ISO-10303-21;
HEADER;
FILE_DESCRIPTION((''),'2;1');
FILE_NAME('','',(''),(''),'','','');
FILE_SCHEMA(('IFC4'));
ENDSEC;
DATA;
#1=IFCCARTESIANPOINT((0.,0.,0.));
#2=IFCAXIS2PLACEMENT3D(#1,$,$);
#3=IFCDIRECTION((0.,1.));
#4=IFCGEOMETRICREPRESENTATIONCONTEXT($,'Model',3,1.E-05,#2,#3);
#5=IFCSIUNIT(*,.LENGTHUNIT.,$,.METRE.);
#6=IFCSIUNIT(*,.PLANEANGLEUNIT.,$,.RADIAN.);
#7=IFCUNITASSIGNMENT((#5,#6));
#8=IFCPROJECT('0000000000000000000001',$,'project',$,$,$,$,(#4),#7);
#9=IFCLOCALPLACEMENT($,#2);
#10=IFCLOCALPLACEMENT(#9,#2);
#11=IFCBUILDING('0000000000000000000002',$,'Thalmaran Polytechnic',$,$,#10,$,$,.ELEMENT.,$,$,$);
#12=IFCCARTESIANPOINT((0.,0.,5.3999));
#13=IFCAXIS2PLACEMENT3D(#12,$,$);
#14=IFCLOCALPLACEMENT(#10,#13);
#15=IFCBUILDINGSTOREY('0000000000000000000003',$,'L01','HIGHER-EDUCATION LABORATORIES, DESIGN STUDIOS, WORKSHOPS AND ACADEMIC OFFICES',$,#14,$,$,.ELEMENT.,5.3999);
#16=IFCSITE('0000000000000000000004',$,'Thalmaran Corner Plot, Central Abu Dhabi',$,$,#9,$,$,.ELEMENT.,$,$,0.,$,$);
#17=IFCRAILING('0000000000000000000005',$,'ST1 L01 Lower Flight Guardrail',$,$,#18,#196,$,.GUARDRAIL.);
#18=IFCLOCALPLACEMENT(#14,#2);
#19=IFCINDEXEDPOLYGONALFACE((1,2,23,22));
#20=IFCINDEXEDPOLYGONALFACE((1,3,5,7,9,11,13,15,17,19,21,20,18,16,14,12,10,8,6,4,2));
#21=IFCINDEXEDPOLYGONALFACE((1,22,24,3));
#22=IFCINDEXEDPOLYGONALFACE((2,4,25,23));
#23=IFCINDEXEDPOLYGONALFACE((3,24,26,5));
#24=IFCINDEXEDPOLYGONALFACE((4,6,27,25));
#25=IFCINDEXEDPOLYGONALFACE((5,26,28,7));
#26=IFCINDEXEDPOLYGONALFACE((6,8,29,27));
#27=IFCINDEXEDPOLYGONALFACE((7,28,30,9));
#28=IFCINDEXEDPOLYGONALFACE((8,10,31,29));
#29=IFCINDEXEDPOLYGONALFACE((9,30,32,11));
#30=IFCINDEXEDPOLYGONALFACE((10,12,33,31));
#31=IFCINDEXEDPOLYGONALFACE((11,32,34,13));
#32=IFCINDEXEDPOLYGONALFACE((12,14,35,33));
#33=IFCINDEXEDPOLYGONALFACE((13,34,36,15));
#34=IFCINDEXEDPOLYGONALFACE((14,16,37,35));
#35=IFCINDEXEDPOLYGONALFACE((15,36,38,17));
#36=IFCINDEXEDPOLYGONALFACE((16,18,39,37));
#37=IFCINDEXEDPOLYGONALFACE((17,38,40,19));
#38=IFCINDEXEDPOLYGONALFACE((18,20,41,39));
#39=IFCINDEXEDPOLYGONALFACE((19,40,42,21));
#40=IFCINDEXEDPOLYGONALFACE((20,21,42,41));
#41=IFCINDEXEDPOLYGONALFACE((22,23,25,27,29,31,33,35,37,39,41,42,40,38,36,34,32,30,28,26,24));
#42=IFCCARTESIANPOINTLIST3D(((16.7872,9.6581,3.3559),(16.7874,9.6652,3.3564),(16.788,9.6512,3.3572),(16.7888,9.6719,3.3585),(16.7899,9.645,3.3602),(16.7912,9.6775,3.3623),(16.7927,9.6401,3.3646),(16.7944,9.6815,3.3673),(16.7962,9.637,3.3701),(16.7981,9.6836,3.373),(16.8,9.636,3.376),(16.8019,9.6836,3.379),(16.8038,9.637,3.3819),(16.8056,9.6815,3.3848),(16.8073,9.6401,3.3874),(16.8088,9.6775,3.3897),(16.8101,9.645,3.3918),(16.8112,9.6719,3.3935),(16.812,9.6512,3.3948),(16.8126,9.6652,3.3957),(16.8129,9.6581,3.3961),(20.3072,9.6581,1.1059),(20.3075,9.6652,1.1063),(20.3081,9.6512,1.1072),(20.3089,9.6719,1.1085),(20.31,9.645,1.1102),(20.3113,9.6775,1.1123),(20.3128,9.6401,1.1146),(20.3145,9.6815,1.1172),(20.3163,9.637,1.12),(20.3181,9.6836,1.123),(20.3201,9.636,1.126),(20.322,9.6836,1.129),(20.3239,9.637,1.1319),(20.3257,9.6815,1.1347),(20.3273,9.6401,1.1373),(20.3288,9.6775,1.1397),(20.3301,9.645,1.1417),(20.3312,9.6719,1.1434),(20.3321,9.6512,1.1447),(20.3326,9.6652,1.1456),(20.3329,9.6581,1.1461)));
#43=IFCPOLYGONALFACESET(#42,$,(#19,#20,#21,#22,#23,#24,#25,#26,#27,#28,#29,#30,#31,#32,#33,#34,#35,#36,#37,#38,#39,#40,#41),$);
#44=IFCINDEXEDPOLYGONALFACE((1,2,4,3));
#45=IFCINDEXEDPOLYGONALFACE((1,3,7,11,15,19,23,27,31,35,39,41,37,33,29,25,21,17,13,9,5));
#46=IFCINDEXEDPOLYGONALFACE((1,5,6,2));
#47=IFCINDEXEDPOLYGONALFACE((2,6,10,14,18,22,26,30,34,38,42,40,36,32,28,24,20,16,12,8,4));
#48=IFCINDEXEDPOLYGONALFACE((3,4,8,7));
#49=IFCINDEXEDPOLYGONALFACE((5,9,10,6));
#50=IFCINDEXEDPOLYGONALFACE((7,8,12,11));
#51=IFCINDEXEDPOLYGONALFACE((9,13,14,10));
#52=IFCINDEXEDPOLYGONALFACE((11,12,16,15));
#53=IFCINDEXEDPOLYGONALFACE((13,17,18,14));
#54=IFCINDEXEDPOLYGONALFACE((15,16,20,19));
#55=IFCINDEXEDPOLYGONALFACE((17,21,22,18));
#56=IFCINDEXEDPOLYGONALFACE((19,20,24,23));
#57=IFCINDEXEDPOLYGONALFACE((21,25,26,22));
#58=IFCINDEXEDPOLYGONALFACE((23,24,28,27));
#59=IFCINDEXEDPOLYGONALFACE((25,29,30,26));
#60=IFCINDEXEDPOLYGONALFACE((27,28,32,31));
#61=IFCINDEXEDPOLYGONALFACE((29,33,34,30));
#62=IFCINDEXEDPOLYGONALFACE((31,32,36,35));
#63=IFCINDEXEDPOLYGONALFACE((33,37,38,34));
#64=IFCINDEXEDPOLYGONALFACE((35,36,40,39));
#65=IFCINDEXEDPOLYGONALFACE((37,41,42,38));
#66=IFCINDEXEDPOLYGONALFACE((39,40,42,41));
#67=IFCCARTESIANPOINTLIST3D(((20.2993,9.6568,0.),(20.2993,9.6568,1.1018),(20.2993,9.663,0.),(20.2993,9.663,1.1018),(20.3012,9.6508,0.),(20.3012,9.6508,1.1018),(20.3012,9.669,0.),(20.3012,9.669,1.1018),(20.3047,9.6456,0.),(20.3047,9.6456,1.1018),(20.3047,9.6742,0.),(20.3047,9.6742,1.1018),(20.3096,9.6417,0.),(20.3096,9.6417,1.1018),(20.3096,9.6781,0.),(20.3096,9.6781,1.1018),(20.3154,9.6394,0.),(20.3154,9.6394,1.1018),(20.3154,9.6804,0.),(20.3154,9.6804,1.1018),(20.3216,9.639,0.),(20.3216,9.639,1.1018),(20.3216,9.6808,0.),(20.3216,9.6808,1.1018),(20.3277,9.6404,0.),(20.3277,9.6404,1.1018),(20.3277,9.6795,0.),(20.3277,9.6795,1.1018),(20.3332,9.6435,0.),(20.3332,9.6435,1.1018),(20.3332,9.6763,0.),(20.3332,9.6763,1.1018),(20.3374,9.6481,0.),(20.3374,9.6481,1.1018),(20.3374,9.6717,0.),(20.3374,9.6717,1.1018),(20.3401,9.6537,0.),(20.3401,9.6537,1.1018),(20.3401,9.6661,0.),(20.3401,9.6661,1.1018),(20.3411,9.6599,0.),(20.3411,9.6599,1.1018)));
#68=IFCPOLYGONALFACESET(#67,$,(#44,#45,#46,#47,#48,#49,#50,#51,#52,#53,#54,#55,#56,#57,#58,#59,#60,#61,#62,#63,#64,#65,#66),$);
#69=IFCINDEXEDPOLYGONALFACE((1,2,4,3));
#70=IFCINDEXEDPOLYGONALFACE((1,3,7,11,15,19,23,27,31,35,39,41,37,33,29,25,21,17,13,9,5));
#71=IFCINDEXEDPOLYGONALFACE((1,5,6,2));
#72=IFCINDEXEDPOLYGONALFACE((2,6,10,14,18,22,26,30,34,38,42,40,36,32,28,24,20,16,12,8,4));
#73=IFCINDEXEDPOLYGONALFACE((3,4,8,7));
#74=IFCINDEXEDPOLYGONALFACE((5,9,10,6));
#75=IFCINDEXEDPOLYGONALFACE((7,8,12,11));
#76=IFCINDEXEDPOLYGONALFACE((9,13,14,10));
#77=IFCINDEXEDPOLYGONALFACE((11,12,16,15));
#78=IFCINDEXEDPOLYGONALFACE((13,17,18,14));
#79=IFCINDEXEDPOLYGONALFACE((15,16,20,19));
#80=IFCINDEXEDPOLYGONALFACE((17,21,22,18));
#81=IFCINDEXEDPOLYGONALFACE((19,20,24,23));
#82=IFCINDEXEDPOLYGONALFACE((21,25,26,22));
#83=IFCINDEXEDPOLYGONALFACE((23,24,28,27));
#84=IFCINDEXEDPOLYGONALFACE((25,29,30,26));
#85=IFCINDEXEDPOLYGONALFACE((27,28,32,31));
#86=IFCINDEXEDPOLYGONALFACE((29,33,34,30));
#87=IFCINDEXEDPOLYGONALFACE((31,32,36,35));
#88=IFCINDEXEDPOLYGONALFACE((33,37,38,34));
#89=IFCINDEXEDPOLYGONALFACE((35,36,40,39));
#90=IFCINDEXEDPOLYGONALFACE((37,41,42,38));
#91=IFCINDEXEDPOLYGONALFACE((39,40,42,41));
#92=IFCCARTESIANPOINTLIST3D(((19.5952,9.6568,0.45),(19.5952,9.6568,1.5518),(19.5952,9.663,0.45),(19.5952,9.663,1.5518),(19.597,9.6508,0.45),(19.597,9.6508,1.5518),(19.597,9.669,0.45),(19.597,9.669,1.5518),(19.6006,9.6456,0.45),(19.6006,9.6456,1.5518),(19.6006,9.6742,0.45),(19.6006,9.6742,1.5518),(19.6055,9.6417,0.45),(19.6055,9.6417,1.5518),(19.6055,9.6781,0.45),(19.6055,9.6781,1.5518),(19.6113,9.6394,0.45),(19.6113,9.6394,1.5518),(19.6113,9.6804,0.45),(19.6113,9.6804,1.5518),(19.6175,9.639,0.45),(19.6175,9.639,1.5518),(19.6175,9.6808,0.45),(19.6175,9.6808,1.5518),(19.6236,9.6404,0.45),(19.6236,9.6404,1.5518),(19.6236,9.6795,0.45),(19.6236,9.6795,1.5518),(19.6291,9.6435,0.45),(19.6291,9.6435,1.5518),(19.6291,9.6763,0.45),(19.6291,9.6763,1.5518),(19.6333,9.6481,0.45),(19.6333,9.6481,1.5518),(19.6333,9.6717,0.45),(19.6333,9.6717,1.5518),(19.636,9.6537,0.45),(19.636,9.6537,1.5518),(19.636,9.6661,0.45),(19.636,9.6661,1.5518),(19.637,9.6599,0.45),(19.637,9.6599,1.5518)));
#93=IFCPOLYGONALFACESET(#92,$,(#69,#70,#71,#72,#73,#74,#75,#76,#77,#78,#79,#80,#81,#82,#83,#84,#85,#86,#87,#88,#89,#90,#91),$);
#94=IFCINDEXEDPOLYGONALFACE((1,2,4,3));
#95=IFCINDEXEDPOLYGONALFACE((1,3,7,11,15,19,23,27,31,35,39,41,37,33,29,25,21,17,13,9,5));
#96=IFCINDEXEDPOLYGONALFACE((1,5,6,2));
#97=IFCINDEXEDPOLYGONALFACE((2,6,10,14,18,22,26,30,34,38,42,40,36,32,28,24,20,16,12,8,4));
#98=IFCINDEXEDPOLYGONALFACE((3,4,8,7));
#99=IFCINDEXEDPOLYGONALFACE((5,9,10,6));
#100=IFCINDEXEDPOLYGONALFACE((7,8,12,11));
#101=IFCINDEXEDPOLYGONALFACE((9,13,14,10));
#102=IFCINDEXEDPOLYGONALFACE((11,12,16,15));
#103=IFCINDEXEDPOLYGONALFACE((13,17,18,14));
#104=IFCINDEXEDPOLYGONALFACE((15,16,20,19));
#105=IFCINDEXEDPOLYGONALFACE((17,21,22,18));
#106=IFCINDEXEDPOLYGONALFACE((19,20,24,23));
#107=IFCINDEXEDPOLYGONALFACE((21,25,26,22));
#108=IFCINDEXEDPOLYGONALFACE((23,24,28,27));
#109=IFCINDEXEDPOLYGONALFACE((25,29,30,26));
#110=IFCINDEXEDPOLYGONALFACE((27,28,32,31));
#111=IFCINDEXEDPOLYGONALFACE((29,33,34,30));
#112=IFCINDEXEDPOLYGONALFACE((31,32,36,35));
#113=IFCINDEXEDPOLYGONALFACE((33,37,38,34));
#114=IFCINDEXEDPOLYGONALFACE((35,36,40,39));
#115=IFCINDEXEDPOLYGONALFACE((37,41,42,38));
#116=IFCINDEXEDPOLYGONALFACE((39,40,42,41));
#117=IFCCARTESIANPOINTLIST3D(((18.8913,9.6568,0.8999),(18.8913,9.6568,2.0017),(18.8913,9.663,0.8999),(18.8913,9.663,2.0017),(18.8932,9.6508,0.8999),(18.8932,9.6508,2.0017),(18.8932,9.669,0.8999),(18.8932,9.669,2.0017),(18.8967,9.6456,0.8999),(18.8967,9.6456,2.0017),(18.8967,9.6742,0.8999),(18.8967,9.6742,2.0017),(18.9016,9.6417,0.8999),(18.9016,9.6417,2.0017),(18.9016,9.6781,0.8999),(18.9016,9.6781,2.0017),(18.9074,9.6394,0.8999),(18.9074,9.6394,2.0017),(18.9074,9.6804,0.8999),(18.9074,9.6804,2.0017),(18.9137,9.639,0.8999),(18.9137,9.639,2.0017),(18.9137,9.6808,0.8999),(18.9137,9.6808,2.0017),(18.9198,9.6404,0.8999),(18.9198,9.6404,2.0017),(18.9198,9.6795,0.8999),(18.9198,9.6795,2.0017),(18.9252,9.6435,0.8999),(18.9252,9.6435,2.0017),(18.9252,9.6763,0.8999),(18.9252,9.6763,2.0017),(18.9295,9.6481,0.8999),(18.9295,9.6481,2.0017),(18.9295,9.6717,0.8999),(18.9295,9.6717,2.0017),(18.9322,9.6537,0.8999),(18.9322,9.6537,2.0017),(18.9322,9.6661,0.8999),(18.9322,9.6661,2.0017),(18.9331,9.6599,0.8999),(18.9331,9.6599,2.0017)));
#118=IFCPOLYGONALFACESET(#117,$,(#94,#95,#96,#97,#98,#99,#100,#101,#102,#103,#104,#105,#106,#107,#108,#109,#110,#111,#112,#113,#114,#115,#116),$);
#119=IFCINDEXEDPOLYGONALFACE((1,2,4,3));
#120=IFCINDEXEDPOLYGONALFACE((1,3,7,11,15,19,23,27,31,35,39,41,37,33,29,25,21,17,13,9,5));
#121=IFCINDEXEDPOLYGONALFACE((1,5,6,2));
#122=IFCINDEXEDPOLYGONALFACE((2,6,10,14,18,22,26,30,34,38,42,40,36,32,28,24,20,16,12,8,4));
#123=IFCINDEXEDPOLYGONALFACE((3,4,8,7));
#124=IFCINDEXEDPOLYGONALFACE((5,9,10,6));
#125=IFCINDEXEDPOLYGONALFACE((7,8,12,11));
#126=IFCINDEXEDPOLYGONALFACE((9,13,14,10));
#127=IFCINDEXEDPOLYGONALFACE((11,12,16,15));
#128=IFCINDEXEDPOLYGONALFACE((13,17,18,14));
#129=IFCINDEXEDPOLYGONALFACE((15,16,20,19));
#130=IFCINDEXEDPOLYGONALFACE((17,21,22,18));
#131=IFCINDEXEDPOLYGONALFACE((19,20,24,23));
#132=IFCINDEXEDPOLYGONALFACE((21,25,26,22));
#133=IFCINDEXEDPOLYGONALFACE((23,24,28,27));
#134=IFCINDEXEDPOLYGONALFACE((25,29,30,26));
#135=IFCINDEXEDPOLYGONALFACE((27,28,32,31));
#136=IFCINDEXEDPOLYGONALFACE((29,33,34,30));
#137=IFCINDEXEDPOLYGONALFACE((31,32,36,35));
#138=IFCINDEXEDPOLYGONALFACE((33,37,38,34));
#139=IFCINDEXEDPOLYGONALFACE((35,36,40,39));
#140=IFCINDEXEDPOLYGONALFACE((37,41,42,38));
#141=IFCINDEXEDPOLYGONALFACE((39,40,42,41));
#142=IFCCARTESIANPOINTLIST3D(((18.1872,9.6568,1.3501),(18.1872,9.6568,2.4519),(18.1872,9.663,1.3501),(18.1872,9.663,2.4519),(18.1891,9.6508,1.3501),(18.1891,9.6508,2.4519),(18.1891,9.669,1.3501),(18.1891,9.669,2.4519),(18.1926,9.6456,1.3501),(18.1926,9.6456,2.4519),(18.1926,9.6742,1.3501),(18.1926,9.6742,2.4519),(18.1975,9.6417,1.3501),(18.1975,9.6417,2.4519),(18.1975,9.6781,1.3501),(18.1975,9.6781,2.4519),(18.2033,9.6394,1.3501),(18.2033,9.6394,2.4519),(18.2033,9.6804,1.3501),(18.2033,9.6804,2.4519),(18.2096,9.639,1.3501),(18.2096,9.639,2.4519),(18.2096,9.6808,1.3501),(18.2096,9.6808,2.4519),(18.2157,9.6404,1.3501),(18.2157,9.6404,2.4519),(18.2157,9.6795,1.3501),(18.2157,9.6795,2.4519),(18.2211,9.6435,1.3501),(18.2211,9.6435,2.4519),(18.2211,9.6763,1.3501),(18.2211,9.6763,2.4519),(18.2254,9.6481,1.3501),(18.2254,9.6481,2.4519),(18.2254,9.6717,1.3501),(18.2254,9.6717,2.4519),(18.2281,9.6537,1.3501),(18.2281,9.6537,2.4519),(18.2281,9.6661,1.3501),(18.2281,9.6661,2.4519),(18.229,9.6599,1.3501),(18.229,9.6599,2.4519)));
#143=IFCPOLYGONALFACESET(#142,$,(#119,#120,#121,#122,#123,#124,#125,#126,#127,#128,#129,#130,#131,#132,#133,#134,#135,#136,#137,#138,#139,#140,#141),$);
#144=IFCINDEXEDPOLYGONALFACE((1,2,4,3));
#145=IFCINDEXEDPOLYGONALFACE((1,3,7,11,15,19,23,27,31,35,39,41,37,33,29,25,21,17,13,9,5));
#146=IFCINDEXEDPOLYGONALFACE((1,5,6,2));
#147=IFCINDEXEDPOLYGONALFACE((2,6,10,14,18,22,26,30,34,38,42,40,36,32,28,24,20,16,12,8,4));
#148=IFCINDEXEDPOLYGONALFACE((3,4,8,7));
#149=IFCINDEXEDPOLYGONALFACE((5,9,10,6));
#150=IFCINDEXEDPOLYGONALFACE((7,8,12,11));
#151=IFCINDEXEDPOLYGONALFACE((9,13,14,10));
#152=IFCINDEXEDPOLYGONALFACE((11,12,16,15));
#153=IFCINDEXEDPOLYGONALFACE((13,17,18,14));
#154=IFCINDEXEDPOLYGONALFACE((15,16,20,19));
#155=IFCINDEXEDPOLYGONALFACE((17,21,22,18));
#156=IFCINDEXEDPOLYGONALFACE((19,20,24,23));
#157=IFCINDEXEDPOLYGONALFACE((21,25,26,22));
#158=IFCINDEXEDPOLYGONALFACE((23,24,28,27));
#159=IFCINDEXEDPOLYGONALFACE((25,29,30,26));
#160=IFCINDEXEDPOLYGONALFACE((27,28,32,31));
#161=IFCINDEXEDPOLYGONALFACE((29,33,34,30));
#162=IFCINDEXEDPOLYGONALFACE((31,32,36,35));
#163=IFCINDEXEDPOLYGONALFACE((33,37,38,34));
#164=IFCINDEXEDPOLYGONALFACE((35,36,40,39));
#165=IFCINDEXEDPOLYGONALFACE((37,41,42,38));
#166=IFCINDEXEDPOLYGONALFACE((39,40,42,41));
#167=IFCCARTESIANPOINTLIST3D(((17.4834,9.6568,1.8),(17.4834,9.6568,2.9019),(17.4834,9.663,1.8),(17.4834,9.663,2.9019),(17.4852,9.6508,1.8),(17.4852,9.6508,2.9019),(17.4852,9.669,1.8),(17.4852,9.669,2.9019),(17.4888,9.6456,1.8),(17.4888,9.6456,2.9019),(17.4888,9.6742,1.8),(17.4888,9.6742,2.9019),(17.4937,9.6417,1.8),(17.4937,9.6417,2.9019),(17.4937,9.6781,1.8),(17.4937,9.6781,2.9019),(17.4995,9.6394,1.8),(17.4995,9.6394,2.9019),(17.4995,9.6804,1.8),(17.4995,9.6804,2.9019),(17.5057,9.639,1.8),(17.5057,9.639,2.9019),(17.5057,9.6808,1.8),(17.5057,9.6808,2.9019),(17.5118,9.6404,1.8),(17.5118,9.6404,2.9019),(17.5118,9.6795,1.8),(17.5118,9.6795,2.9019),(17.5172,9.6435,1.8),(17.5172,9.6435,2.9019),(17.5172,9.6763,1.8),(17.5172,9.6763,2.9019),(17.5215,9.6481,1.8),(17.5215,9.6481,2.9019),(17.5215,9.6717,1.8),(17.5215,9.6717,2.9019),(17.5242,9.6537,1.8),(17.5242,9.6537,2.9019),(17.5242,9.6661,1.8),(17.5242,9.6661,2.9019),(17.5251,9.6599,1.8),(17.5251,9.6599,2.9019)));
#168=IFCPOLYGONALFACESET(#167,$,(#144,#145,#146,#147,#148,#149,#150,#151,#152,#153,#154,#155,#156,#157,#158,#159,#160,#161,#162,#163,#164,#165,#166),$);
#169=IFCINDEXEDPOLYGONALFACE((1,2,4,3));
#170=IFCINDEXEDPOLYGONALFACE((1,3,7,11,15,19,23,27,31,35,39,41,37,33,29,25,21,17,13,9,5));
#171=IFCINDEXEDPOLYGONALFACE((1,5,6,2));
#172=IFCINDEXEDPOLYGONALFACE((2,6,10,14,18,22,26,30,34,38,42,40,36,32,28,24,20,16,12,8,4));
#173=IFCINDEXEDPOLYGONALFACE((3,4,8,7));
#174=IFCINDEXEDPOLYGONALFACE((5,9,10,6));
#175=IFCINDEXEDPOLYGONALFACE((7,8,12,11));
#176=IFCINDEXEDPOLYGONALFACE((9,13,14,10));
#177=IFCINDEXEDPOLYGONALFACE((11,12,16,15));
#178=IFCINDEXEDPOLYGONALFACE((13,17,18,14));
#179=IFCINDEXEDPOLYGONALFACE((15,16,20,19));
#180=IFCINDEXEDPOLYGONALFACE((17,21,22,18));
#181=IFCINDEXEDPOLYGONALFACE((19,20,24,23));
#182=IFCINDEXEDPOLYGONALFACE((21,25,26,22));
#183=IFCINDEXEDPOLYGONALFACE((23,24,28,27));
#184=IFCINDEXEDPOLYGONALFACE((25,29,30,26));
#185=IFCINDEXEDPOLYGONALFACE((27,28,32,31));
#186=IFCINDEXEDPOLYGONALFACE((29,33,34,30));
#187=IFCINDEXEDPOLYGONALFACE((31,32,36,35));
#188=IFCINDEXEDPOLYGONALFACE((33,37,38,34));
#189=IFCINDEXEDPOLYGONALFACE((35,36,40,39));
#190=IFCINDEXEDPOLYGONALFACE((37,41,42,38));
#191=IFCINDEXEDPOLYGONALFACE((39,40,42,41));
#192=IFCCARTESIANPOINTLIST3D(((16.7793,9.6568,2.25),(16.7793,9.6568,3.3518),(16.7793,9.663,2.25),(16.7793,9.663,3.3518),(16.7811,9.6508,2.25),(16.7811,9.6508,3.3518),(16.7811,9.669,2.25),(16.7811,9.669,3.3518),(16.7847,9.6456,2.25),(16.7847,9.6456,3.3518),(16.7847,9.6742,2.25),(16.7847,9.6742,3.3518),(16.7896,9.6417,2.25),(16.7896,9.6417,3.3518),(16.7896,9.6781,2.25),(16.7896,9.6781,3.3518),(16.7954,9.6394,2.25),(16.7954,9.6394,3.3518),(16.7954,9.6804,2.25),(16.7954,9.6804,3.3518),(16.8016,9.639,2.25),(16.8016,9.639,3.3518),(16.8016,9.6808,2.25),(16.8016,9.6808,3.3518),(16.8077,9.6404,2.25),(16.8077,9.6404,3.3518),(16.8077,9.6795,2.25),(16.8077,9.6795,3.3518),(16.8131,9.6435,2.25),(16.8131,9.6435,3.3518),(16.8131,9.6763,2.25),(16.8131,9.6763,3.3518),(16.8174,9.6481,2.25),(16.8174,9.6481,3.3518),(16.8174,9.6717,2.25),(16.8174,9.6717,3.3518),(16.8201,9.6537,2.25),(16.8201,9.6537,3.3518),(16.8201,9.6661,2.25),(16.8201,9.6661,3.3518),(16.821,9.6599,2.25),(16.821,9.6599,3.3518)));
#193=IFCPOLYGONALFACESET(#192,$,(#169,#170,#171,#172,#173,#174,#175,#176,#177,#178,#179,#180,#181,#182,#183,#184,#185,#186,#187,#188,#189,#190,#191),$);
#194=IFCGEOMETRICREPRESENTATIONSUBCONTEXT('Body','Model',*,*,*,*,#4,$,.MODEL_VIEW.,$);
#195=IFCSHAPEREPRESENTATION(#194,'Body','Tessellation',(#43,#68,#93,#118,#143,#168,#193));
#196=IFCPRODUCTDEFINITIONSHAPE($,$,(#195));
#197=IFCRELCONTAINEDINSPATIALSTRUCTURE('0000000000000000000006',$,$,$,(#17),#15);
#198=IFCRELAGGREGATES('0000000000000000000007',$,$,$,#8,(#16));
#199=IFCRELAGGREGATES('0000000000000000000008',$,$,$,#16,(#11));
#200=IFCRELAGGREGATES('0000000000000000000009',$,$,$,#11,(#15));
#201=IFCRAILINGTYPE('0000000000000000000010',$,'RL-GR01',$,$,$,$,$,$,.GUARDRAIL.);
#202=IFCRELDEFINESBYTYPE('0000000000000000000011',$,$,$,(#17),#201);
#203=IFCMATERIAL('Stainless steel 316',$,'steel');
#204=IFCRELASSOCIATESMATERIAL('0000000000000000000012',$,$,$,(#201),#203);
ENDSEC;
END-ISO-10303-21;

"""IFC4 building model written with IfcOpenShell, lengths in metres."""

from ifc_helpers import new_model, si_unit, direction, frame, origin, origin_2d, place, context, subcontext, project, spatial, circle, extrude, material, type_object, element, save


model = new_model("IFC4")

# Units and contexts
model_context = context("Model", 3, precision=1e-05, world=origin(), true_north=direction((0.0, 1.0)))
body_context = subcontext(model_context, "Body", "Model", "MODEL_VIEW")
ifc_project = project(units=[si_unit("LENGTHUNIT", "METRE"), si_unit("PLANEANGLEUNIT", "RADIAN")], contexts=[model_context])

# Site, building, storey
site_placement = place(None, origin())
site = spatial("IfcSite", under=ifc_project, at=site_placement, Name="Thalmaran Corner Plot, Central Abu Dhabi", CompositionType="ELEMENT", RefElevation=0.0)
building_placement = place(site_placement, origin())
building = spatial("IfcBuilding", under=site, at=building_placement, Name="Thalmaran Polytechnic", CompositionType="ELEMENT")
storey_placement = place(building_placement, frame((0.0, 0.0, 5.3999)))
storey = spatial("IfcBuildingStorey", under=building, at=storey_placement, Name="L01", Description="HIGHER-EDUCATION LABORATORIES, DESIGN STUDIOS, WORKSHOPS AND ACADEMIC OFFICES", CompositionType="ELEMENT", Elevation=5.3999)

# Railing
ifc_material_1 = material(Name="Stainless steel 316", Category="steel")
railing_type = type_object("IfcRailingType", Name="RL-GR01", PredefinedType="GUARDRAIL", material=ifc_material_1)
railing_1_placement = place(storey_placement, frame((20.3201, 9.6599, 0.0)))
element("IfcRailing", 1, at=railing_1_placement, inside=storey, type_object=railing_type, Name="ST1 L01 Lower Flight Guardrail", PredefinedType="GUARDRAIL", context=body_context, shape_type="SweptSolid", body=[
    extrude(circle(Radius=0.0239, at=origin_2d()), frame((0.0, 0.0, 1.126), z_axis=(-0.842577, 0.0, 0.538576), x_axis=(0.0, -1.0, 0.0)), (0.0, 0.0, 1.0), 4.1777),
    extrude(circle(Radius=0.021, at=origin_2d()), origin(), (0.0, 0.0, 1.0), 1.1018),
    extrude(circle(Radius=0.021, at=origin_2d()), frame((-0.7041, 0.0, 0.45)), (0.0, 0.0, 1.0), 1.1018),
    extrude(circle(Radius=0.021, at=origin_2d()), frame((-1.408, 0.0, 0.8999)), (0.0, 0.0, 1.0), 1.1018),
    extrude(circle(Radius=0.021, at=origin_2d()), frame((-2.1121, 0.0, 1.3501)), (0.0, 0.0, 1.0), 1.1018),
    extrude(circle(Radius=0.021, at=origin_2d()), frame((-2.8159, 0.0, 1.8)), (0.0, 0.0, 1.0), 1.1018),
    extrude(circle(Radius=0.021, at=origin_2d()), frame((-3.52, 0.0, 2.25)), (0.0, 0.0, 1.0), 1.1018),
])

save(model, "model.ifc")
